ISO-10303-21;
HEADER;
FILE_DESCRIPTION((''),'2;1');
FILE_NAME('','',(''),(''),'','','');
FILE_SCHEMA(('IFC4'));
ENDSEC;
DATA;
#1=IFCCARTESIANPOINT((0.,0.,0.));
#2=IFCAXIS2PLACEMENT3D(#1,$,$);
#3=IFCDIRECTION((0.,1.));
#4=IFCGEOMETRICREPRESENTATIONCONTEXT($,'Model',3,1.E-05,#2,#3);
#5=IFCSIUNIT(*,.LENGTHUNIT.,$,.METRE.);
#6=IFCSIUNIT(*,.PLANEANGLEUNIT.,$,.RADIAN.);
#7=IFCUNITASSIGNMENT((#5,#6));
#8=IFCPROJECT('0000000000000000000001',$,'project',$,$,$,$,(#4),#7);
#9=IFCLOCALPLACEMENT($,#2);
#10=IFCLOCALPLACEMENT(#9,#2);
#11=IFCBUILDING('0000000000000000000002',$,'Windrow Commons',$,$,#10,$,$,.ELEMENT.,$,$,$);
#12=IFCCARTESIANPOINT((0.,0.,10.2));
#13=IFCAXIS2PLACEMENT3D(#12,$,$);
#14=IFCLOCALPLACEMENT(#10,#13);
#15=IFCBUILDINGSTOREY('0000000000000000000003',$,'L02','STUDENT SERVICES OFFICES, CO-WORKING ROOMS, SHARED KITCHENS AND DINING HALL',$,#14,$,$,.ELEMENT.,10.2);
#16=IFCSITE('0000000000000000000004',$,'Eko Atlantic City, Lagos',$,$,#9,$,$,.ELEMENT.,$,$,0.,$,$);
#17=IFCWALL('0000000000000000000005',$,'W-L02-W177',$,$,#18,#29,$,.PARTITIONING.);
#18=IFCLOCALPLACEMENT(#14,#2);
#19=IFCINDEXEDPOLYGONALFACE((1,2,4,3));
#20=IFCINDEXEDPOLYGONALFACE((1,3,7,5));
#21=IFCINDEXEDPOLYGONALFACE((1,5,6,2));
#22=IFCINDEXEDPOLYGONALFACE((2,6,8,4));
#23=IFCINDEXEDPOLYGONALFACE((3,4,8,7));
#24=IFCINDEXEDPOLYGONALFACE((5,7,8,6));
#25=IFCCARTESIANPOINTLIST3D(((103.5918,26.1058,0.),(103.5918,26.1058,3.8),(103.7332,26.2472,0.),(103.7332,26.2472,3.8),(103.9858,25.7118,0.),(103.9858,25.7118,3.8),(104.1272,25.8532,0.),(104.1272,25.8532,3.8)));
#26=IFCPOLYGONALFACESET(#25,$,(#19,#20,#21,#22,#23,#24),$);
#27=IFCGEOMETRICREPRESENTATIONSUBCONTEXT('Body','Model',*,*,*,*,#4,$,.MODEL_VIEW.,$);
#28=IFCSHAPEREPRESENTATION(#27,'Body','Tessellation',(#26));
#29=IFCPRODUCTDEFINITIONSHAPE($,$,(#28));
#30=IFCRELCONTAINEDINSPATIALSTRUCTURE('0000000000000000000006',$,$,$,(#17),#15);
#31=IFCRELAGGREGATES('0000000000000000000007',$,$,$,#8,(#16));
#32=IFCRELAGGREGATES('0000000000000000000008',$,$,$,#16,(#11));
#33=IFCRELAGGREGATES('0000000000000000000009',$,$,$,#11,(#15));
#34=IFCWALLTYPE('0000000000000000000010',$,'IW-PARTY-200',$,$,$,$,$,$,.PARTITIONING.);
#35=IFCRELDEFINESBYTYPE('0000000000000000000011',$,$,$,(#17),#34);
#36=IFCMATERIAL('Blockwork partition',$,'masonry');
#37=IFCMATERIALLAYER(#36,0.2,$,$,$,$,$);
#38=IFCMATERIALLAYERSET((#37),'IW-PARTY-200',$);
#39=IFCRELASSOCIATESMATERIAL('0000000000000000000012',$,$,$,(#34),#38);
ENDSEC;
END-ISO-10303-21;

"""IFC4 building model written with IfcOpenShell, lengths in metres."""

from ifc_helpers import new_model, si_unit, direction, frame, frame_2d, origin, place, context, subcontext, project, spatial, rectangle, extrude, material, layer, layer_set, type_object, element, save


model = new_model("IFC4")

# Units and contexts
model_context = context("Model", 3, precision=1e-05, world=origin(), true_north=direction((0.0, 1.0)))
body_context = subcontext(model_context, "Body", "Model", "MODEL_VIEW")
ifc_project = project(units=[si_unit("LENGTHUNIT", "METRE"), si_unit("PLANEANGLEUNIT", "RADIAN")], contexts=[model_context])

# Site, building, storey
site_placement = place(None, origin())
site = spatial("IfcSite", under=ifc_project, at=site_placement, Name="Eko Atlantic City, Lagos", CompositionType="ELEMENT", RefElevation=0.0)
building_placement = place(site_placement, origin())
building = spatial("IfcBuilding", under=site, at=building_placement, Name="Windrow Commons", CompositionType="ELEMENT")
storey_placement = place(building_placement, frame((0.0, 0.0, 10.2)))
storey = spatial("IfcBuildingStorey", under=building, at=storey_placement, Name="L02", Description="STUDENT SERVICES OFFICES, CO-WORKING ROOMS, SHARED KITCHENS AND DINING HALL", CompositionType="ELEMENT", Elevation=10.2)

# Wall
ifc_material_1 = material(Name="Blockwork partition", Category="masonry")
ifc_layer_1 = layer(ifc_material_1, 0.2)
ifc_layer_set_1 = layer_set([ifc_layer_1], Name="IW-PARTY-200")
wall_type_1 = type_object("IfcWallType", Name="IW-PARTY-200", PredefinedType="PARTITIONING", material=ifc_layer_set_1)
wall_1_placement = place(storey_placement, frame((103.6625, 26.1765, 0.0), z_axis=(0.0, 0.0, 1.0), x_axis=(0.707107, -0.707107, 0.0)))
element("IfcWall", 1, at=wall_1_placement, inside=storey, type_object=wall_type_1, Name="W-L02-W177", PredefinedType="PARTITIONING", context=body_context, shape_type="SweptSolid", body=[
    extrude(rectangle(XDim=0.5572, YDim=0.2, at=frame_2d((0.2786, 0.0))), origin(), (0.0, 0.0, 1.0), 3.8),
])

save(model, "model.ifc")
